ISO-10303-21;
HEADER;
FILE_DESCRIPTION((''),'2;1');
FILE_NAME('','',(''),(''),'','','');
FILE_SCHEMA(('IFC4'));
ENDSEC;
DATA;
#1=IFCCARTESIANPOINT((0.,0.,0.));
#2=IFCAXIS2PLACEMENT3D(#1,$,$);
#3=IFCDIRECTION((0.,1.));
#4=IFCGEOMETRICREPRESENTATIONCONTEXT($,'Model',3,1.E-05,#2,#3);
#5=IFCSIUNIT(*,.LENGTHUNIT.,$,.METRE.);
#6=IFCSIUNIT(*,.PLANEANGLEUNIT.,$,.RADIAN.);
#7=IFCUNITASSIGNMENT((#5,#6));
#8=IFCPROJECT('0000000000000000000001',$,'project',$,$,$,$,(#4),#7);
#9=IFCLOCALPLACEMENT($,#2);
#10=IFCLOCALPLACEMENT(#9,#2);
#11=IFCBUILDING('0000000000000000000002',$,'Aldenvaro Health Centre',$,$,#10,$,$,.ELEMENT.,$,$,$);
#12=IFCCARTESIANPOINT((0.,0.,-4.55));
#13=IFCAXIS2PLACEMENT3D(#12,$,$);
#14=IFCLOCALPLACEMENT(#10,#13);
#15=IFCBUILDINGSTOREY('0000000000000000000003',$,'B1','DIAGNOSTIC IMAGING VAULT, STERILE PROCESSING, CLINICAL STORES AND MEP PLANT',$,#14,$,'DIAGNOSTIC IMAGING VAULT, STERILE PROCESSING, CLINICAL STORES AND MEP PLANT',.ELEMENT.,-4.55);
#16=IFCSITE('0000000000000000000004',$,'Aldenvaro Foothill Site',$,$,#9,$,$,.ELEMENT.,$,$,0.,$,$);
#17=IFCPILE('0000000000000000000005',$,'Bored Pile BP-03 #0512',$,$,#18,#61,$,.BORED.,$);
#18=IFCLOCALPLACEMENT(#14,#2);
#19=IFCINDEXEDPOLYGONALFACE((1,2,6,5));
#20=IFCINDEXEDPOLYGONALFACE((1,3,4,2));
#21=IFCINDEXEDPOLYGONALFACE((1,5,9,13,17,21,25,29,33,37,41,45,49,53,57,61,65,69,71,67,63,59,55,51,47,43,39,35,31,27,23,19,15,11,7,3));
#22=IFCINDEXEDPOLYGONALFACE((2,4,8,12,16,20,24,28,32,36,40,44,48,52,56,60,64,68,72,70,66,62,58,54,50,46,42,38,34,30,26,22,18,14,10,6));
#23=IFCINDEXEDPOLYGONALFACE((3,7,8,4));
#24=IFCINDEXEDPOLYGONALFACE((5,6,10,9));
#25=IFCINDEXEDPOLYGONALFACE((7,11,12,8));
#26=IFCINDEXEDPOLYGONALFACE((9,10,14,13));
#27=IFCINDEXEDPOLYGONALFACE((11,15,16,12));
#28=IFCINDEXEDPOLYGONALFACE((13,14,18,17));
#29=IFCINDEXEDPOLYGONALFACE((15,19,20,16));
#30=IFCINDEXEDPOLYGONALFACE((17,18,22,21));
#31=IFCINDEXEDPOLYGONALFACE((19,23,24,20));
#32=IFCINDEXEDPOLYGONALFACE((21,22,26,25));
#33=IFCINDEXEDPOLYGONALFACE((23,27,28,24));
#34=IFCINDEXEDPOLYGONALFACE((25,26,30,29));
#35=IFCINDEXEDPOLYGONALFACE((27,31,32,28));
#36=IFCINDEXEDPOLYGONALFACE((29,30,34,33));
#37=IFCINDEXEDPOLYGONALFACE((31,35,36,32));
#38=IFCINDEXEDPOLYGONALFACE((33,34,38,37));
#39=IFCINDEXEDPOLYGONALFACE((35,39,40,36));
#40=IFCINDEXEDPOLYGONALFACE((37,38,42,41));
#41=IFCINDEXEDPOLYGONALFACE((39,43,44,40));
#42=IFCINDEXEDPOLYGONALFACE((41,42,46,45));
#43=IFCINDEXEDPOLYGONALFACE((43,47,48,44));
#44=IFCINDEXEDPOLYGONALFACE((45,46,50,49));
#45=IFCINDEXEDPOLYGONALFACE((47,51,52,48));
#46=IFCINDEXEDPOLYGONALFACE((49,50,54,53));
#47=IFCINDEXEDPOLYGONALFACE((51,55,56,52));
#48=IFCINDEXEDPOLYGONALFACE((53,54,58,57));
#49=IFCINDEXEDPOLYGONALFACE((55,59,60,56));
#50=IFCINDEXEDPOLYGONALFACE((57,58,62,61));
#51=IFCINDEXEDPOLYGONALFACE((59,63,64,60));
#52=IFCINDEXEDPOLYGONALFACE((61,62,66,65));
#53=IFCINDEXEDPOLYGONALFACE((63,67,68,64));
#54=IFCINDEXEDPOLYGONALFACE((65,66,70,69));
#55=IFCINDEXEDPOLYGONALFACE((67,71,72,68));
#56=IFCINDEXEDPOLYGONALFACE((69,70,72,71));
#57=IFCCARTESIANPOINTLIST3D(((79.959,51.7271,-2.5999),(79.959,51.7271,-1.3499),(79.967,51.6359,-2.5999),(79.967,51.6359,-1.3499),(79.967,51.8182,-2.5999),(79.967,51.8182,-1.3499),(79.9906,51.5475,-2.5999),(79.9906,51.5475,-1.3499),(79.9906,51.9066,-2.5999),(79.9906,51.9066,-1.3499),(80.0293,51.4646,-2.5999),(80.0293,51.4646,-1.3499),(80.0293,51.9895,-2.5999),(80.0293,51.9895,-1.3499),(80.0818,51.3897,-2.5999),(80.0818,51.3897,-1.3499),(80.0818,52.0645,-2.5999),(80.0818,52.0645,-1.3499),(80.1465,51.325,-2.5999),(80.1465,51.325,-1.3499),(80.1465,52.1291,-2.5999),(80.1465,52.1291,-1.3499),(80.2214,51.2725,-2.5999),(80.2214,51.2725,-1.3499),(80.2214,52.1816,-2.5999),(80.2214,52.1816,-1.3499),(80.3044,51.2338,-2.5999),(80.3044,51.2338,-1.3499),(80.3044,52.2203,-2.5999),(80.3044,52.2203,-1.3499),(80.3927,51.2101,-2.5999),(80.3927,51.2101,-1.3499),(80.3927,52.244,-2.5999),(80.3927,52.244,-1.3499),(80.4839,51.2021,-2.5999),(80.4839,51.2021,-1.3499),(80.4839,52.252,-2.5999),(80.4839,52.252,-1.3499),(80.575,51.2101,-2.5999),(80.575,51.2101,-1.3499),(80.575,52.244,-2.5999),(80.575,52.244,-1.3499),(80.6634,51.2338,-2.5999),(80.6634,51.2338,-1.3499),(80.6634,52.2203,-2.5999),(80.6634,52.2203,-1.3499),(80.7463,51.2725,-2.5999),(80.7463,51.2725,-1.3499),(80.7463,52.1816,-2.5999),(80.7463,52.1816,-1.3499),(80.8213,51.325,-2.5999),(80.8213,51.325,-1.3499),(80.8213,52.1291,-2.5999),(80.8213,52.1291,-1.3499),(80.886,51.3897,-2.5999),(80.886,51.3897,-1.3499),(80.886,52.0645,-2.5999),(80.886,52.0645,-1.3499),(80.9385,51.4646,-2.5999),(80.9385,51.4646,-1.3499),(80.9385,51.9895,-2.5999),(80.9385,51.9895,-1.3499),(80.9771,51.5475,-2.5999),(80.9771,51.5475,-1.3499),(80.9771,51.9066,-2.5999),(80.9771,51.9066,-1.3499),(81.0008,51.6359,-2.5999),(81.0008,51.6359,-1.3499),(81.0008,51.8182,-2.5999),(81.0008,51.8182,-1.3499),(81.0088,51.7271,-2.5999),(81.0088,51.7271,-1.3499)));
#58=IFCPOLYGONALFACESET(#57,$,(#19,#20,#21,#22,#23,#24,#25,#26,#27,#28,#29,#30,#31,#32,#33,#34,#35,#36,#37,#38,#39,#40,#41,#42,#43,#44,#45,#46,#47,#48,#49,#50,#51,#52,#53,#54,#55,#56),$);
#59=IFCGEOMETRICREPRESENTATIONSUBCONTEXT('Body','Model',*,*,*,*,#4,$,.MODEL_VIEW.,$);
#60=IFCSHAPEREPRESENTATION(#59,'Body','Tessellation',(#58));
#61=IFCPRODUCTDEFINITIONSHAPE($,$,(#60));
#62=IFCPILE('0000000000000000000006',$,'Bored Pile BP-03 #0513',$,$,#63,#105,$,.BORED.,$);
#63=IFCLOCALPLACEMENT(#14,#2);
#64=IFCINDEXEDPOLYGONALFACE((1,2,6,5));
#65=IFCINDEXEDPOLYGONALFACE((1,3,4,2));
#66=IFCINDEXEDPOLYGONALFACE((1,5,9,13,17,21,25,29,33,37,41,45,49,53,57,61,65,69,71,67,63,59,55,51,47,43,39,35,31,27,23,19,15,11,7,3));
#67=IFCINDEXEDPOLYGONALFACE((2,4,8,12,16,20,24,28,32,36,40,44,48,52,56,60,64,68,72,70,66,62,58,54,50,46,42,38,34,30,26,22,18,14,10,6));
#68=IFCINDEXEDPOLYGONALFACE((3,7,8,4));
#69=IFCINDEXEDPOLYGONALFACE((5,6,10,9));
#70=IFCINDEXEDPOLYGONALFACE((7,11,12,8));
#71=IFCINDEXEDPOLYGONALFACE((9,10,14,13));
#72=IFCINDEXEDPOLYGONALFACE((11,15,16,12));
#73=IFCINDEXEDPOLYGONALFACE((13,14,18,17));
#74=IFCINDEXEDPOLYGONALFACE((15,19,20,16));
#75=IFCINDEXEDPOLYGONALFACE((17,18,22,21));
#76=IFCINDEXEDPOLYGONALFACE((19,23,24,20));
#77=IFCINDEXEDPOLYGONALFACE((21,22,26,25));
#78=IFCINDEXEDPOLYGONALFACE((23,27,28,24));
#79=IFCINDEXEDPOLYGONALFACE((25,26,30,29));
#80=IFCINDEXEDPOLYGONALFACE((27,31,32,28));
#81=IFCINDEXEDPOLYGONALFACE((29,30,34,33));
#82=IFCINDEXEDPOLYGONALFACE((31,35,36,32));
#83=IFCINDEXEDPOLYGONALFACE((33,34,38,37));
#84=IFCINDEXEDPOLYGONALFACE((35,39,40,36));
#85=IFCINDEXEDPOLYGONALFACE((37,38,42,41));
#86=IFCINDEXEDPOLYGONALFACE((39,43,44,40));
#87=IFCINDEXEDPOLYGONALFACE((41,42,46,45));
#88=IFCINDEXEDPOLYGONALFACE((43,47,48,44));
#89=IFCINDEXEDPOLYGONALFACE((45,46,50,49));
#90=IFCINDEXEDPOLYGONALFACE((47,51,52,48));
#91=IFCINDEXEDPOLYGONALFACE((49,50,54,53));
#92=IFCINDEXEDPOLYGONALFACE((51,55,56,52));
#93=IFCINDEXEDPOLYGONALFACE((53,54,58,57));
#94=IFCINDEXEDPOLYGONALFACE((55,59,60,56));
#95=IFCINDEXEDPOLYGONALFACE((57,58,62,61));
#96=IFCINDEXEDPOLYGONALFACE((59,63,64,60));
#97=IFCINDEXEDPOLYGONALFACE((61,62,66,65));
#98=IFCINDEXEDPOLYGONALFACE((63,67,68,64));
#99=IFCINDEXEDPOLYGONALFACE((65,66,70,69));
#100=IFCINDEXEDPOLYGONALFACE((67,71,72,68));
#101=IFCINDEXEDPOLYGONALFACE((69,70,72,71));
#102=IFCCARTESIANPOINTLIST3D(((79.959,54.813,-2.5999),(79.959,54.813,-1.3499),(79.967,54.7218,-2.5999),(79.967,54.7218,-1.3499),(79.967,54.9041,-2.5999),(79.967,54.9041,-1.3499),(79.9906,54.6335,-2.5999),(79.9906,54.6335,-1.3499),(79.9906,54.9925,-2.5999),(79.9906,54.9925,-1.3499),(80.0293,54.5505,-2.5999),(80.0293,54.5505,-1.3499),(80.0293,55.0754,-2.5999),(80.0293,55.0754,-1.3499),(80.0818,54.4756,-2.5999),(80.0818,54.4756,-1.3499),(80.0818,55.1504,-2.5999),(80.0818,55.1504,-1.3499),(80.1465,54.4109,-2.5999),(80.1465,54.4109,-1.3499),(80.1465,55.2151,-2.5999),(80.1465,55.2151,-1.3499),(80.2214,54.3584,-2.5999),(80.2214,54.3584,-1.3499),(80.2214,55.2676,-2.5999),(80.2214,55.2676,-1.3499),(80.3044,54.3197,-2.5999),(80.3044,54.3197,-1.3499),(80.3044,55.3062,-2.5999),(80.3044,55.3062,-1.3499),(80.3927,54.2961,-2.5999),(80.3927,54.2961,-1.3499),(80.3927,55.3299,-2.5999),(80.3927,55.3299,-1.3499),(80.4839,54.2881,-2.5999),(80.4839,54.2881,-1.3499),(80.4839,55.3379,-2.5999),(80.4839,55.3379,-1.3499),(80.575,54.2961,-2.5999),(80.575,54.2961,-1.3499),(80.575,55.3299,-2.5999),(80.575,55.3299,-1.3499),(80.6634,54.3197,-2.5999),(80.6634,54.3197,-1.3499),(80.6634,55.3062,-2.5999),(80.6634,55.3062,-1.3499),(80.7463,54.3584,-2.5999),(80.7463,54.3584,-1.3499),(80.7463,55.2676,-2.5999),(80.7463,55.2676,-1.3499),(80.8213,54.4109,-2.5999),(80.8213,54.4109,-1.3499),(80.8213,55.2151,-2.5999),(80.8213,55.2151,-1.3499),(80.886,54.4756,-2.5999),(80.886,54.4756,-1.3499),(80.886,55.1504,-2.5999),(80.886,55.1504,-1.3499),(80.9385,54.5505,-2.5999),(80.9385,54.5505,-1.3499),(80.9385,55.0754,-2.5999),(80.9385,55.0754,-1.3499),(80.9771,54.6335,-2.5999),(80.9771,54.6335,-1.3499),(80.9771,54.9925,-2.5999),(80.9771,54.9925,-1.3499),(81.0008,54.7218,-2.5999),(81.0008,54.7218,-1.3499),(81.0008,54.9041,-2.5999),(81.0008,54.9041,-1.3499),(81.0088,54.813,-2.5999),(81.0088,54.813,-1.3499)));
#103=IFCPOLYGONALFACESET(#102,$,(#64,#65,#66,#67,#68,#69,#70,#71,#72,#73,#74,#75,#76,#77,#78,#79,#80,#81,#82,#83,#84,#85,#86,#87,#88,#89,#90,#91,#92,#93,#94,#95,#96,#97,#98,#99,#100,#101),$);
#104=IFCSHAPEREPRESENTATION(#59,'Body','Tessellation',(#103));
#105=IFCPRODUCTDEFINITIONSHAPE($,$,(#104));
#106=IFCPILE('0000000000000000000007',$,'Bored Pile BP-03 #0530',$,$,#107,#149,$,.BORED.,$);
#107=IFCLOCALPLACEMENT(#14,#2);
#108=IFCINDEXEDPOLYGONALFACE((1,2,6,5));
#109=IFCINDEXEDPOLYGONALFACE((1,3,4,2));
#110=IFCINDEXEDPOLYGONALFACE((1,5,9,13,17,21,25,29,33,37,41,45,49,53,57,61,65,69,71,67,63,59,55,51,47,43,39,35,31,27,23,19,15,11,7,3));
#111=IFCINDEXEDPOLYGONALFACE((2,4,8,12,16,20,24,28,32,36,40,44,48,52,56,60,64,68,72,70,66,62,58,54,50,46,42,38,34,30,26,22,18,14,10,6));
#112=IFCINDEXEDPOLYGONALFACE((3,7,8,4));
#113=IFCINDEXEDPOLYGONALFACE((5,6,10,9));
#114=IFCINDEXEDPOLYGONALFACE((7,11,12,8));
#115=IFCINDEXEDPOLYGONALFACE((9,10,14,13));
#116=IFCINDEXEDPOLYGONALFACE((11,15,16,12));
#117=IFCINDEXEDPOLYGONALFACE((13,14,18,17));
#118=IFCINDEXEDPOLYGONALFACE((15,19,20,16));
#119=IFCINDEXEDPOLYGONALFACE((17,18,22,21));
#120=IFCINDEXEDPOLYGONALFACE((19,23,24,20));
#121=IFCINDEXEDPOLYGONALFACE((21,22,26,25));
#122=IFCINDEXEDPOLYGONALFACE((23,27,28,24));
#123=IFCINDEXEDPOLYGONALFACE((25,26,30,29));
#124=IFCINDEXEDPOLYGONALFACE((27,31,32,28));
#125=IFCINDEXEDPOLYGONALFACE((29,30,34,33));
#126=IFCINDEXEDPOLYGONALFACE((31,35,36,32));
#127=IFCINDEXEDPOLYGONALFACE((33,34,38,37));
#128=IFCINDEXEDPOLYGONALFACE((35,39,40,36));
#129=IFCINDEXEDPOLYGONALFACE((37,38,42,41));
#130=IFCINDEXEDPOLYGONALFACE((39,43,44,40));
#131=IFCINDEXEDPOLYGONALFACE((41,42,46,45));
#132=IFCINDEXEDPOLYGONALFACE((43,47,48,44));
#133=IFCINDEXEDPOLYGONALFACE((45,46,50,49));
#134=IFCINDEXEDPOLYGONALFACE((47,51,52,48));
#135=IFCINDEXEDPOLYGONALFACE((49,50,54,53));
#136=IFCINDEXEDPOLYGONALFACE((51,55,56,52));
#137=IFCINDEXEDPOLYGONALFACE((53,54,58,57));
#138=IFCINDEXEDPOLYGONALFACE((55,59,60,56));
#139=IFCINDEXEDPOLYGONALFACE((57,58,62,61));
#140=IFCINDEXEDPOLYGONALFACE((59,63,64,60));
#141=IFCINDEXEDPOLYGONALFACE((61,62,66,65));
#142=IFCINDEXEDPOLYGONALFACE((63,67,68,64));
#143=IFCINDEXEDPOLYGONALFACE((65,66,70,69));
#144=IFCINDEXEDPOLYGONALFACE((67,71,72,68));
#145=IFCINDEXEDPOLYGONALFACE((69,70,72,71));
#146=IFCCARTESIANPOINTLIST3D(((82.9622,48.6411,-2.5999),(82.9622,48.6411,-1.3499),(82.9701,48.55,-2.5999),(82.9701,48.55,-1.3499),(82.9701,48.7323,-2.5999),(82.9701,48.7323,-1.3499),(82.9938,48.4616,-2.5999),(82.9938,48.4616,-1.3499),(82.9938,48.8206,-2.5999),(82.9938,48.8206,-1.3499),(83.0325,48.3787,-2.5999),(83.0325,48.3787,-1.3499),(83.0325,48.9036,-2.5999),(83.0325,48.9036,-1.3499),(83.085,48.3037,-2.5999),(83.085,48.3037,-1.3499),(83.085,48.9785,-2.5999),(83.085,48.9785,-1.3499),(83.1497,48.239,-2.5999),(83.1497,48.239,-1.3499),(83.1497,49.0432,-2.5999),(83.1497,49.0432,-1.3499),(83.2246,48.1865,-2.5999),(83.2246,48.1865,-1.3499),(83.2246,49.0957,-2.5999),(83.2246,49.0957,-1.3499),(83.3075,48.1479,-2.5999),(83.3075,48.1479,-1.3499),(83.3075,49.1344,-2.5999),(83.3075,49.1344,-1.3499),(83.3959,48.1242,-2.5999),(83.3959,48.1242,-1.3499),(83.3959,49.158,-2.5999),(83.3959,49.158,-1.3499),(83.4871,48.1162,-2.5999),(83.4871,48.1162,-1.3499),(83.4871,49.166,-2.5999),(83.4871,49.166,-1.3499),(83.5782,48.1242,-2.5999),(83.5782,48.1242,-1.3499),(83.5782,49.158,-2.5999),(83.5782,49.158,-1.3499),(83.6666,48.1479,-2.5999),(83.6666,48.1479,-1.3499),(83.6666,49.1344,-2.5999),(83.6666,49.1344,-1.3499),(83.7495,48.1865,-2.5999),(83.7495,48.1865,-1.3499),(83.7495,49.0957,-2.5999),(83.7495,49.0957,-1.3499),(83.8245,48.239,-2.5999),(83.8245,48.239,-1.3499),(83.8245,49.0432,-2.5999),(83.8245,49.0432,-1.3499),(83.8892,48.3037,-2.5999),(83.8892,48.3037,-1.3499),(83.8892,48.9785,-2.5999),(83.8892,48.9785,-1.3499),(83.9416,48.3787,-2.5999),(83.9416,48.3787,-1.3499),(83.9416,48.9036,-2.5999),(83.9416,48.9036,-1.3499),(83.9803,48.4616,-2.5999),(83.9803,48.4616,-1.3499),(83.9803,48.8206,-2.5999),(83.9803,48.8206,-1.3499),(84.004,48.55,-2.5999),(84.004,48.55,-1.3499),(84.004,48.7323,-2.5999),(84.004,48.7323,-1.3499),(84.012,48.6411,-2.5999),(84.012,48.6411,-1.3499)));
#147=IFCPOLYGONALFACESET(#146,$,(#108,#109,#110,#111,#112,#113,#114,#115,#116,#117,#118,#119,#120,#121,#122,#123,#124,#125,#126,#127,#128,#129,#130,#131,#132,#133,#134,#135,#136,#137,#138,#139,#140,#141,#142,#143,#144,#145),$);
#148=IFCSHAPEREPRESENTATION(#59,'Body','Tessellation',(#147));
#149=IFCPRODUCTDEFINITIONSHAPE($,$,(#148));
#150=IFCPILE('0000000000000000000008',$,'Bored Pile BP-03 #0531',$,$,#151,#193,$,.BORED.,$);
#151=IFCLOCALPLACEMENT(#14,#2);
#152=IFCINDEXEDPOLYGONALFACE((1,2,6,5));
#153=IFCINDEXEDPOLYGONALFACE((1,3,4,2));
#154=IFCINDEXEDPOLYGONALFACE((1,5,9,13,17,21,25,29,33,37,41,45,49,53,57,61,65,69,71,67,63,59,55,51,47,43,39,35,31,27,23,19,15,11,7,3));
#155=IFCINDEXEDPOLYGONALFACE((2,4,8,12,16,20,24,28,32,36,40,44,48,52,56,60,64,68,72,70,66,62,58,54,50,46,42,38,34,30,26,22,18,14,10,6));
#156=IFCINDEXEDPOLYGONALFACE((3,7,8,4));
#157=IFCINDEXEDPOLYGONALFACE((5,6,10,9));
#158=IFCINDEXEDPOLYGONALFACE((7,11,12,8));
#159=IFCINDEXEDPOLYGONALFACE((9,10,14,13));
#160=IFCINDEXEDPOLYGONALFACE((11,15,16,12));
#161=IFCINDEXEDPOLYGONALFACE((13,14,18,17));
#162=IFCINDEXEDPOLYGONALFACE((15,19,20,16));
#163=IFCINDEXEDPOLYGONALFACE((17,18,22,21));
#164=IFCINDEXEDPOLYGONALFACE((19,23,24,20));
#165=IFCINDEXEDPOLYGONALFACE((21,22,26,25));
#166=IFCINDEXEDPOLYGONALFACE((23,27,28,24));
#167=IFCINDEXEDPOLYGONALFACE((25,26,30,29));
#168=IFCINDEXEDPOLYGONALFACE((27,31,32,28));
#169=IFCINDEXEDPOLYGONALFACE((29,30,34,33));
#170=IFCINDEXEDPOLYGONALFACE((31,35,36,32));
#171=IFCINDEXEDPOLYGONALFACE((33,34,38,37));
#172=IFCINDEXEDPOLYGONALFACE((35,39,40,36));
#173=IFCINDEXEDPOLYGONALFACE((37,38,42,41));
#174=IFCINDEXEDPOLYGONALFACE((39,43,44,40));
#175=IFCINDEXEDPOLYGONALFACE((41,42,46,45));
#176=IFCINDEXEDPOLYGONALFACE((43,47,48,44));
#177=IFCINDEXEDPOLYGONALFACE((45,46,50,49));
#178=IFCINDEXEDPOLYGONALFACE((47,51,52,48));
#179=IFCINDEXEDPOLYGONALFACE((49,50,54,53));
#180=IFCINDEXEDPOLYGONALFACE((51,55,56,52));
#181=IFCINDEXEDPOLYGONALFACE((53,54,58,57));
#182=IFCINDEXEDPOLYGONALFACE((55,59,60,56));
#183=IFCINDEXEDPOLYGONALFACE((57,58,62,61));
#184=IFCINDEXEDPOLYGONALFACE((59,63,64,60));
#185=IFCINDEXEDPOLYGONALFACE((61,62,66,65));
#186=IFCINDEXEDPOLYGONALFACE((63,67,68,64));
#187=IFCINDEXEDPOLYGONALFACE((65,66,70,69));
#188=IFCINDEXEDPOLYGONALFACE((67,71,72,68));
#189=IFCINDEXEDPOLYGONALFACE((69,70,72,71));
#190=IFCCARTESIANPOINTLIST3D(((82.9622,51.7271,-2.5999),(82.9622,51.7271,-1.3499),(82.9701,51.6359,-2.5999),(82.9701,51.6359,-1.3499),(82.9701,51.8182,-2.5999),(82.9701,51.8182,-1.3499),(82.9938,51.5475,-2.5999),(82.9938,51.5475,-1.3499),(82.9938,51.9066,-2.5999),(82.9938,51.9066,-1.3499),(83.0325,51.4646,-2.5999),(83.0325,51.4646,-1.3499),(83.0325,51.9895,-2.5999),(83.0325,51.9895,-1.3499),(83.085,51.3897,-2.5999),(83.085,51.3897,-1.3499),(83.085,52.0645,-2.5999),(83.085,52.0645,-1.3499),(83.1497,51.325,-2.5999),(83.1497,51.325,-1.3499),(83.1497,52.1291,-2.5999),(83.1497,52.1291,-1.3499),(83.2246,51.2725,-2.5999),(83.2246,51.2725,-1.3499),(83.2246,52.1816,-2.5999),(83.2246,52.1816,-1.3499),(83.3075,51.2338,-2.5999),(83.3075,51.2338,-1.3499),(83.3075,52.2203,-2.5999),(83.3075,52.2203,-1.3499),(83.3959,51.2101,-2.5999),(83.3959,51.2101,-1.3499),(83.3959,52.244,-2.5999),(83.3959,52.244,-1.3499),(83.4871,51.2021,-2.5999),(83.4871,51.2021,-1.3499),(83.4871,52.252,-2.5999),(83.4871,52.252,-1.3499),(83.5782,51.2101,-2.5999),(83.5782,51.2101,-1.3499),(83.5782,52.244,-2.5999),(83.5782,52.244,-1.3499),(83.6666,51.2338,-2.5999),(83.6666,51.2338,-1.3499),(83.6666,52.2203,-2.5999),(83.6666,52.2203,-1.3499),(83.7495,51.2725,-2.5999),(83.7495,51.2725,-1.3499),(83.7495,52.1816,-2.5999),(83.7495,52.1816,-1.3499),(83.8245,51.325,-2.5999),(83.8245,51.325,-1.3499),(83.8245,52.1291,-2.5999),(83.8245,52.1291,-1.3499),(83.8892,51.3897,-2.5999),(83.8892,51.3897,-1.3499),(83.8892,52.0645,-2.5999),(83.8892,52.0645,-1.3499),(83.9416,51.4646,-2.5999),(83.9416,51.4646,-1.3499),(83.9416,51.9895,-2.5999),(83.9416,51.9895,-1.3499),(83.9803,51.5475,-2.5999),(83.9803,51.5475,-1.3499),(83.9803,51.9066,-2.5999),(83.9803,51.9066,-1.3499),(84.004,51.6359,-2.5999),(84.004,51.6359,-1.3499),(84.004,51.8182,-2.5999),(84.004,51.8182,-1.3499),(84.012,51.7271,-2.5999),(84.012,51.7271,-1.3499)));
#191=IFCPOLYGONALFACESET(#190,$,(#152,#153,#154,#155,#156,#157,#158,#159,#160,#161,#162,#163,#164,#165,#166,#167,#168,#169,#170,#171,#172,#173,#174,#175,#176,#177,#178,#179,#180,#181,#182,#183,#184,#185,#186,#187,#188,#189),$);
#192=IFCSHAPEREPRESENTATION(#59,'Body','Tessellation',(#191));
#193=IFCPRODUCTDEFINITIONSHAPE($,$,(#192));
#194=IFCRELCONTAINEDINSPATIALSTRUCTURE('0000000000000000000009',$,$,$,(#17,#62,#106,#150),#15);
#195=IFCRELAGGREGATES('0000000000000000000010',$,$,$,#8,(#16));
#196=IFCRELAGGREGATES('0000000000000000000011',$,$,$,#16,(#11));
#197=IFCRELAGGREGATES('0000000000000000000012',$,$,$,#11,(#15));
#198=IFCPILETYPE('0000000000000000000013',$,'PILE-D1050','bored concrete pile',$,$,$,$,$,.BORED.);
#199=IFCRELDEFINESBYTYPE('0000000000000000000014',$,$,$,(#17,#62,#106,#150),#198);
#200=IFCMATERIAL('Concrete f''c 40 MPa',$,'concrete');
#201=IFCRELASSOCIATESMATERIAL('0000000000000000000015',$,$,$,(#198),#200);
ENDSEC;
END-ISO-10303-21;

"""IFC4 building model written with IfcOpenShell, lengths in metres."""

from ifc_helpers import new_model, si_unit, direction, frame, origin, origin_2d, place, context, subcontext, project, spatial, circle, extrude, material, material_profile, profile_set, type_object, element, save


model = new_model("IFC4")

# Units and contexts
model_context = context("Model", 3, precision=1e-05, world=origin(), true_north=direction((0.0, 1.0)))
body_context = subcontext(model_context, "Body", "Model", "MODEL_VIEW")
ifc_project = project(units=[si_unit("LENGTHUNIT", "METRE"), si_unit("PLANEANGLEUNIT", "RADIAN")], contexts=[model_context])

# Site, building, storey
site_placement = place(None, origin())
site = spatial("IfcSite", under=ifc_project, at=site_placement, Name="Aldenvaro Foothill Site", CompositionType="ELEMENT", RefElevation=0.0)
building_placement = place(site_placement, origin())
building = spatial("IfcBuilding", under=site, at=building_placement, Name="Aldenvaro Health Centre", CompositionType="ELEMENT")
storey_placement = place(building_placement, frame((0.0, 0.0, -4.55)))
storey = spatial("IfcBuildingStorey", under=building, at=storey_placement, Name="B1", Description="DIAGNOSTIC IMAGING VAULT, STERILE PROCESSING, CLINICAL STORES AND MEP PLANT", LongName="DIAGNOSTIC IMAGING VAULT, STERILE PROCESSING, CLINICAL STORES AND MEP PLANT", CompositionType="ELEMENT", Elevation=-4.55)

# Piles
ifc_material = material(Name="Concrete f'c 40 MPa", Category="concrete")
ifc_material_profile_1 = material_profile(ifc_material, circle(Radius=0.5249, at=origin_2d()), Name="PILE D1050", Category="concrete")
ifc_profile_set_1 = profile_set([ifc_material_profile_1], Name="Concrete f'c 40 MPa")
pile_type = type_object("IfcPileType", Name="PILE-D1050", Description="bored concrete pile", PredefinedType="BORED", material=ifc_profile_set_1)
for number, where, z_axis, x_axis, name in (
    (1, (80.4839, 51.7271, -1.3499), (0.0, 0.0, -1.0), (1.0, 0.0, 0.0), "Bored Pile BP-03 #0512"),
    (2, (80.4839, 54.813, -1.3499), (0.0, 0.0, -1.0), (1.0, 0.0, 0.0), "Bored Pile BP-03 #0513"),
    (3, (83.4871, 48.6411, -1.3499), (0.0, 0.0, -1.0), (1.0, 0.0, 0.0), "Bored Pile BP-03 #0530"),
    (4, (83.4871, 51.7271, -1.3499), (0.0, 0.0, -1.0), (1.0, 0.0, 0.0), "Bored Pile BP-03 #0531"),
):
    element("IfcPile", number, at=place(storey_placement, frame(where, z_axis=z_axis, x_axis=x_axis)), inside=storey, type_object=pile_type, Name=name, PredefinedType="BORED", context=body_context, shape_type="SweptSolid", body=[
        extrude(circle(Radius=0.5249, at=origin_2d()), origin(), (0.0, 0.0, 1.0), 1.25),
    ])

save(model, "model.ifc")
